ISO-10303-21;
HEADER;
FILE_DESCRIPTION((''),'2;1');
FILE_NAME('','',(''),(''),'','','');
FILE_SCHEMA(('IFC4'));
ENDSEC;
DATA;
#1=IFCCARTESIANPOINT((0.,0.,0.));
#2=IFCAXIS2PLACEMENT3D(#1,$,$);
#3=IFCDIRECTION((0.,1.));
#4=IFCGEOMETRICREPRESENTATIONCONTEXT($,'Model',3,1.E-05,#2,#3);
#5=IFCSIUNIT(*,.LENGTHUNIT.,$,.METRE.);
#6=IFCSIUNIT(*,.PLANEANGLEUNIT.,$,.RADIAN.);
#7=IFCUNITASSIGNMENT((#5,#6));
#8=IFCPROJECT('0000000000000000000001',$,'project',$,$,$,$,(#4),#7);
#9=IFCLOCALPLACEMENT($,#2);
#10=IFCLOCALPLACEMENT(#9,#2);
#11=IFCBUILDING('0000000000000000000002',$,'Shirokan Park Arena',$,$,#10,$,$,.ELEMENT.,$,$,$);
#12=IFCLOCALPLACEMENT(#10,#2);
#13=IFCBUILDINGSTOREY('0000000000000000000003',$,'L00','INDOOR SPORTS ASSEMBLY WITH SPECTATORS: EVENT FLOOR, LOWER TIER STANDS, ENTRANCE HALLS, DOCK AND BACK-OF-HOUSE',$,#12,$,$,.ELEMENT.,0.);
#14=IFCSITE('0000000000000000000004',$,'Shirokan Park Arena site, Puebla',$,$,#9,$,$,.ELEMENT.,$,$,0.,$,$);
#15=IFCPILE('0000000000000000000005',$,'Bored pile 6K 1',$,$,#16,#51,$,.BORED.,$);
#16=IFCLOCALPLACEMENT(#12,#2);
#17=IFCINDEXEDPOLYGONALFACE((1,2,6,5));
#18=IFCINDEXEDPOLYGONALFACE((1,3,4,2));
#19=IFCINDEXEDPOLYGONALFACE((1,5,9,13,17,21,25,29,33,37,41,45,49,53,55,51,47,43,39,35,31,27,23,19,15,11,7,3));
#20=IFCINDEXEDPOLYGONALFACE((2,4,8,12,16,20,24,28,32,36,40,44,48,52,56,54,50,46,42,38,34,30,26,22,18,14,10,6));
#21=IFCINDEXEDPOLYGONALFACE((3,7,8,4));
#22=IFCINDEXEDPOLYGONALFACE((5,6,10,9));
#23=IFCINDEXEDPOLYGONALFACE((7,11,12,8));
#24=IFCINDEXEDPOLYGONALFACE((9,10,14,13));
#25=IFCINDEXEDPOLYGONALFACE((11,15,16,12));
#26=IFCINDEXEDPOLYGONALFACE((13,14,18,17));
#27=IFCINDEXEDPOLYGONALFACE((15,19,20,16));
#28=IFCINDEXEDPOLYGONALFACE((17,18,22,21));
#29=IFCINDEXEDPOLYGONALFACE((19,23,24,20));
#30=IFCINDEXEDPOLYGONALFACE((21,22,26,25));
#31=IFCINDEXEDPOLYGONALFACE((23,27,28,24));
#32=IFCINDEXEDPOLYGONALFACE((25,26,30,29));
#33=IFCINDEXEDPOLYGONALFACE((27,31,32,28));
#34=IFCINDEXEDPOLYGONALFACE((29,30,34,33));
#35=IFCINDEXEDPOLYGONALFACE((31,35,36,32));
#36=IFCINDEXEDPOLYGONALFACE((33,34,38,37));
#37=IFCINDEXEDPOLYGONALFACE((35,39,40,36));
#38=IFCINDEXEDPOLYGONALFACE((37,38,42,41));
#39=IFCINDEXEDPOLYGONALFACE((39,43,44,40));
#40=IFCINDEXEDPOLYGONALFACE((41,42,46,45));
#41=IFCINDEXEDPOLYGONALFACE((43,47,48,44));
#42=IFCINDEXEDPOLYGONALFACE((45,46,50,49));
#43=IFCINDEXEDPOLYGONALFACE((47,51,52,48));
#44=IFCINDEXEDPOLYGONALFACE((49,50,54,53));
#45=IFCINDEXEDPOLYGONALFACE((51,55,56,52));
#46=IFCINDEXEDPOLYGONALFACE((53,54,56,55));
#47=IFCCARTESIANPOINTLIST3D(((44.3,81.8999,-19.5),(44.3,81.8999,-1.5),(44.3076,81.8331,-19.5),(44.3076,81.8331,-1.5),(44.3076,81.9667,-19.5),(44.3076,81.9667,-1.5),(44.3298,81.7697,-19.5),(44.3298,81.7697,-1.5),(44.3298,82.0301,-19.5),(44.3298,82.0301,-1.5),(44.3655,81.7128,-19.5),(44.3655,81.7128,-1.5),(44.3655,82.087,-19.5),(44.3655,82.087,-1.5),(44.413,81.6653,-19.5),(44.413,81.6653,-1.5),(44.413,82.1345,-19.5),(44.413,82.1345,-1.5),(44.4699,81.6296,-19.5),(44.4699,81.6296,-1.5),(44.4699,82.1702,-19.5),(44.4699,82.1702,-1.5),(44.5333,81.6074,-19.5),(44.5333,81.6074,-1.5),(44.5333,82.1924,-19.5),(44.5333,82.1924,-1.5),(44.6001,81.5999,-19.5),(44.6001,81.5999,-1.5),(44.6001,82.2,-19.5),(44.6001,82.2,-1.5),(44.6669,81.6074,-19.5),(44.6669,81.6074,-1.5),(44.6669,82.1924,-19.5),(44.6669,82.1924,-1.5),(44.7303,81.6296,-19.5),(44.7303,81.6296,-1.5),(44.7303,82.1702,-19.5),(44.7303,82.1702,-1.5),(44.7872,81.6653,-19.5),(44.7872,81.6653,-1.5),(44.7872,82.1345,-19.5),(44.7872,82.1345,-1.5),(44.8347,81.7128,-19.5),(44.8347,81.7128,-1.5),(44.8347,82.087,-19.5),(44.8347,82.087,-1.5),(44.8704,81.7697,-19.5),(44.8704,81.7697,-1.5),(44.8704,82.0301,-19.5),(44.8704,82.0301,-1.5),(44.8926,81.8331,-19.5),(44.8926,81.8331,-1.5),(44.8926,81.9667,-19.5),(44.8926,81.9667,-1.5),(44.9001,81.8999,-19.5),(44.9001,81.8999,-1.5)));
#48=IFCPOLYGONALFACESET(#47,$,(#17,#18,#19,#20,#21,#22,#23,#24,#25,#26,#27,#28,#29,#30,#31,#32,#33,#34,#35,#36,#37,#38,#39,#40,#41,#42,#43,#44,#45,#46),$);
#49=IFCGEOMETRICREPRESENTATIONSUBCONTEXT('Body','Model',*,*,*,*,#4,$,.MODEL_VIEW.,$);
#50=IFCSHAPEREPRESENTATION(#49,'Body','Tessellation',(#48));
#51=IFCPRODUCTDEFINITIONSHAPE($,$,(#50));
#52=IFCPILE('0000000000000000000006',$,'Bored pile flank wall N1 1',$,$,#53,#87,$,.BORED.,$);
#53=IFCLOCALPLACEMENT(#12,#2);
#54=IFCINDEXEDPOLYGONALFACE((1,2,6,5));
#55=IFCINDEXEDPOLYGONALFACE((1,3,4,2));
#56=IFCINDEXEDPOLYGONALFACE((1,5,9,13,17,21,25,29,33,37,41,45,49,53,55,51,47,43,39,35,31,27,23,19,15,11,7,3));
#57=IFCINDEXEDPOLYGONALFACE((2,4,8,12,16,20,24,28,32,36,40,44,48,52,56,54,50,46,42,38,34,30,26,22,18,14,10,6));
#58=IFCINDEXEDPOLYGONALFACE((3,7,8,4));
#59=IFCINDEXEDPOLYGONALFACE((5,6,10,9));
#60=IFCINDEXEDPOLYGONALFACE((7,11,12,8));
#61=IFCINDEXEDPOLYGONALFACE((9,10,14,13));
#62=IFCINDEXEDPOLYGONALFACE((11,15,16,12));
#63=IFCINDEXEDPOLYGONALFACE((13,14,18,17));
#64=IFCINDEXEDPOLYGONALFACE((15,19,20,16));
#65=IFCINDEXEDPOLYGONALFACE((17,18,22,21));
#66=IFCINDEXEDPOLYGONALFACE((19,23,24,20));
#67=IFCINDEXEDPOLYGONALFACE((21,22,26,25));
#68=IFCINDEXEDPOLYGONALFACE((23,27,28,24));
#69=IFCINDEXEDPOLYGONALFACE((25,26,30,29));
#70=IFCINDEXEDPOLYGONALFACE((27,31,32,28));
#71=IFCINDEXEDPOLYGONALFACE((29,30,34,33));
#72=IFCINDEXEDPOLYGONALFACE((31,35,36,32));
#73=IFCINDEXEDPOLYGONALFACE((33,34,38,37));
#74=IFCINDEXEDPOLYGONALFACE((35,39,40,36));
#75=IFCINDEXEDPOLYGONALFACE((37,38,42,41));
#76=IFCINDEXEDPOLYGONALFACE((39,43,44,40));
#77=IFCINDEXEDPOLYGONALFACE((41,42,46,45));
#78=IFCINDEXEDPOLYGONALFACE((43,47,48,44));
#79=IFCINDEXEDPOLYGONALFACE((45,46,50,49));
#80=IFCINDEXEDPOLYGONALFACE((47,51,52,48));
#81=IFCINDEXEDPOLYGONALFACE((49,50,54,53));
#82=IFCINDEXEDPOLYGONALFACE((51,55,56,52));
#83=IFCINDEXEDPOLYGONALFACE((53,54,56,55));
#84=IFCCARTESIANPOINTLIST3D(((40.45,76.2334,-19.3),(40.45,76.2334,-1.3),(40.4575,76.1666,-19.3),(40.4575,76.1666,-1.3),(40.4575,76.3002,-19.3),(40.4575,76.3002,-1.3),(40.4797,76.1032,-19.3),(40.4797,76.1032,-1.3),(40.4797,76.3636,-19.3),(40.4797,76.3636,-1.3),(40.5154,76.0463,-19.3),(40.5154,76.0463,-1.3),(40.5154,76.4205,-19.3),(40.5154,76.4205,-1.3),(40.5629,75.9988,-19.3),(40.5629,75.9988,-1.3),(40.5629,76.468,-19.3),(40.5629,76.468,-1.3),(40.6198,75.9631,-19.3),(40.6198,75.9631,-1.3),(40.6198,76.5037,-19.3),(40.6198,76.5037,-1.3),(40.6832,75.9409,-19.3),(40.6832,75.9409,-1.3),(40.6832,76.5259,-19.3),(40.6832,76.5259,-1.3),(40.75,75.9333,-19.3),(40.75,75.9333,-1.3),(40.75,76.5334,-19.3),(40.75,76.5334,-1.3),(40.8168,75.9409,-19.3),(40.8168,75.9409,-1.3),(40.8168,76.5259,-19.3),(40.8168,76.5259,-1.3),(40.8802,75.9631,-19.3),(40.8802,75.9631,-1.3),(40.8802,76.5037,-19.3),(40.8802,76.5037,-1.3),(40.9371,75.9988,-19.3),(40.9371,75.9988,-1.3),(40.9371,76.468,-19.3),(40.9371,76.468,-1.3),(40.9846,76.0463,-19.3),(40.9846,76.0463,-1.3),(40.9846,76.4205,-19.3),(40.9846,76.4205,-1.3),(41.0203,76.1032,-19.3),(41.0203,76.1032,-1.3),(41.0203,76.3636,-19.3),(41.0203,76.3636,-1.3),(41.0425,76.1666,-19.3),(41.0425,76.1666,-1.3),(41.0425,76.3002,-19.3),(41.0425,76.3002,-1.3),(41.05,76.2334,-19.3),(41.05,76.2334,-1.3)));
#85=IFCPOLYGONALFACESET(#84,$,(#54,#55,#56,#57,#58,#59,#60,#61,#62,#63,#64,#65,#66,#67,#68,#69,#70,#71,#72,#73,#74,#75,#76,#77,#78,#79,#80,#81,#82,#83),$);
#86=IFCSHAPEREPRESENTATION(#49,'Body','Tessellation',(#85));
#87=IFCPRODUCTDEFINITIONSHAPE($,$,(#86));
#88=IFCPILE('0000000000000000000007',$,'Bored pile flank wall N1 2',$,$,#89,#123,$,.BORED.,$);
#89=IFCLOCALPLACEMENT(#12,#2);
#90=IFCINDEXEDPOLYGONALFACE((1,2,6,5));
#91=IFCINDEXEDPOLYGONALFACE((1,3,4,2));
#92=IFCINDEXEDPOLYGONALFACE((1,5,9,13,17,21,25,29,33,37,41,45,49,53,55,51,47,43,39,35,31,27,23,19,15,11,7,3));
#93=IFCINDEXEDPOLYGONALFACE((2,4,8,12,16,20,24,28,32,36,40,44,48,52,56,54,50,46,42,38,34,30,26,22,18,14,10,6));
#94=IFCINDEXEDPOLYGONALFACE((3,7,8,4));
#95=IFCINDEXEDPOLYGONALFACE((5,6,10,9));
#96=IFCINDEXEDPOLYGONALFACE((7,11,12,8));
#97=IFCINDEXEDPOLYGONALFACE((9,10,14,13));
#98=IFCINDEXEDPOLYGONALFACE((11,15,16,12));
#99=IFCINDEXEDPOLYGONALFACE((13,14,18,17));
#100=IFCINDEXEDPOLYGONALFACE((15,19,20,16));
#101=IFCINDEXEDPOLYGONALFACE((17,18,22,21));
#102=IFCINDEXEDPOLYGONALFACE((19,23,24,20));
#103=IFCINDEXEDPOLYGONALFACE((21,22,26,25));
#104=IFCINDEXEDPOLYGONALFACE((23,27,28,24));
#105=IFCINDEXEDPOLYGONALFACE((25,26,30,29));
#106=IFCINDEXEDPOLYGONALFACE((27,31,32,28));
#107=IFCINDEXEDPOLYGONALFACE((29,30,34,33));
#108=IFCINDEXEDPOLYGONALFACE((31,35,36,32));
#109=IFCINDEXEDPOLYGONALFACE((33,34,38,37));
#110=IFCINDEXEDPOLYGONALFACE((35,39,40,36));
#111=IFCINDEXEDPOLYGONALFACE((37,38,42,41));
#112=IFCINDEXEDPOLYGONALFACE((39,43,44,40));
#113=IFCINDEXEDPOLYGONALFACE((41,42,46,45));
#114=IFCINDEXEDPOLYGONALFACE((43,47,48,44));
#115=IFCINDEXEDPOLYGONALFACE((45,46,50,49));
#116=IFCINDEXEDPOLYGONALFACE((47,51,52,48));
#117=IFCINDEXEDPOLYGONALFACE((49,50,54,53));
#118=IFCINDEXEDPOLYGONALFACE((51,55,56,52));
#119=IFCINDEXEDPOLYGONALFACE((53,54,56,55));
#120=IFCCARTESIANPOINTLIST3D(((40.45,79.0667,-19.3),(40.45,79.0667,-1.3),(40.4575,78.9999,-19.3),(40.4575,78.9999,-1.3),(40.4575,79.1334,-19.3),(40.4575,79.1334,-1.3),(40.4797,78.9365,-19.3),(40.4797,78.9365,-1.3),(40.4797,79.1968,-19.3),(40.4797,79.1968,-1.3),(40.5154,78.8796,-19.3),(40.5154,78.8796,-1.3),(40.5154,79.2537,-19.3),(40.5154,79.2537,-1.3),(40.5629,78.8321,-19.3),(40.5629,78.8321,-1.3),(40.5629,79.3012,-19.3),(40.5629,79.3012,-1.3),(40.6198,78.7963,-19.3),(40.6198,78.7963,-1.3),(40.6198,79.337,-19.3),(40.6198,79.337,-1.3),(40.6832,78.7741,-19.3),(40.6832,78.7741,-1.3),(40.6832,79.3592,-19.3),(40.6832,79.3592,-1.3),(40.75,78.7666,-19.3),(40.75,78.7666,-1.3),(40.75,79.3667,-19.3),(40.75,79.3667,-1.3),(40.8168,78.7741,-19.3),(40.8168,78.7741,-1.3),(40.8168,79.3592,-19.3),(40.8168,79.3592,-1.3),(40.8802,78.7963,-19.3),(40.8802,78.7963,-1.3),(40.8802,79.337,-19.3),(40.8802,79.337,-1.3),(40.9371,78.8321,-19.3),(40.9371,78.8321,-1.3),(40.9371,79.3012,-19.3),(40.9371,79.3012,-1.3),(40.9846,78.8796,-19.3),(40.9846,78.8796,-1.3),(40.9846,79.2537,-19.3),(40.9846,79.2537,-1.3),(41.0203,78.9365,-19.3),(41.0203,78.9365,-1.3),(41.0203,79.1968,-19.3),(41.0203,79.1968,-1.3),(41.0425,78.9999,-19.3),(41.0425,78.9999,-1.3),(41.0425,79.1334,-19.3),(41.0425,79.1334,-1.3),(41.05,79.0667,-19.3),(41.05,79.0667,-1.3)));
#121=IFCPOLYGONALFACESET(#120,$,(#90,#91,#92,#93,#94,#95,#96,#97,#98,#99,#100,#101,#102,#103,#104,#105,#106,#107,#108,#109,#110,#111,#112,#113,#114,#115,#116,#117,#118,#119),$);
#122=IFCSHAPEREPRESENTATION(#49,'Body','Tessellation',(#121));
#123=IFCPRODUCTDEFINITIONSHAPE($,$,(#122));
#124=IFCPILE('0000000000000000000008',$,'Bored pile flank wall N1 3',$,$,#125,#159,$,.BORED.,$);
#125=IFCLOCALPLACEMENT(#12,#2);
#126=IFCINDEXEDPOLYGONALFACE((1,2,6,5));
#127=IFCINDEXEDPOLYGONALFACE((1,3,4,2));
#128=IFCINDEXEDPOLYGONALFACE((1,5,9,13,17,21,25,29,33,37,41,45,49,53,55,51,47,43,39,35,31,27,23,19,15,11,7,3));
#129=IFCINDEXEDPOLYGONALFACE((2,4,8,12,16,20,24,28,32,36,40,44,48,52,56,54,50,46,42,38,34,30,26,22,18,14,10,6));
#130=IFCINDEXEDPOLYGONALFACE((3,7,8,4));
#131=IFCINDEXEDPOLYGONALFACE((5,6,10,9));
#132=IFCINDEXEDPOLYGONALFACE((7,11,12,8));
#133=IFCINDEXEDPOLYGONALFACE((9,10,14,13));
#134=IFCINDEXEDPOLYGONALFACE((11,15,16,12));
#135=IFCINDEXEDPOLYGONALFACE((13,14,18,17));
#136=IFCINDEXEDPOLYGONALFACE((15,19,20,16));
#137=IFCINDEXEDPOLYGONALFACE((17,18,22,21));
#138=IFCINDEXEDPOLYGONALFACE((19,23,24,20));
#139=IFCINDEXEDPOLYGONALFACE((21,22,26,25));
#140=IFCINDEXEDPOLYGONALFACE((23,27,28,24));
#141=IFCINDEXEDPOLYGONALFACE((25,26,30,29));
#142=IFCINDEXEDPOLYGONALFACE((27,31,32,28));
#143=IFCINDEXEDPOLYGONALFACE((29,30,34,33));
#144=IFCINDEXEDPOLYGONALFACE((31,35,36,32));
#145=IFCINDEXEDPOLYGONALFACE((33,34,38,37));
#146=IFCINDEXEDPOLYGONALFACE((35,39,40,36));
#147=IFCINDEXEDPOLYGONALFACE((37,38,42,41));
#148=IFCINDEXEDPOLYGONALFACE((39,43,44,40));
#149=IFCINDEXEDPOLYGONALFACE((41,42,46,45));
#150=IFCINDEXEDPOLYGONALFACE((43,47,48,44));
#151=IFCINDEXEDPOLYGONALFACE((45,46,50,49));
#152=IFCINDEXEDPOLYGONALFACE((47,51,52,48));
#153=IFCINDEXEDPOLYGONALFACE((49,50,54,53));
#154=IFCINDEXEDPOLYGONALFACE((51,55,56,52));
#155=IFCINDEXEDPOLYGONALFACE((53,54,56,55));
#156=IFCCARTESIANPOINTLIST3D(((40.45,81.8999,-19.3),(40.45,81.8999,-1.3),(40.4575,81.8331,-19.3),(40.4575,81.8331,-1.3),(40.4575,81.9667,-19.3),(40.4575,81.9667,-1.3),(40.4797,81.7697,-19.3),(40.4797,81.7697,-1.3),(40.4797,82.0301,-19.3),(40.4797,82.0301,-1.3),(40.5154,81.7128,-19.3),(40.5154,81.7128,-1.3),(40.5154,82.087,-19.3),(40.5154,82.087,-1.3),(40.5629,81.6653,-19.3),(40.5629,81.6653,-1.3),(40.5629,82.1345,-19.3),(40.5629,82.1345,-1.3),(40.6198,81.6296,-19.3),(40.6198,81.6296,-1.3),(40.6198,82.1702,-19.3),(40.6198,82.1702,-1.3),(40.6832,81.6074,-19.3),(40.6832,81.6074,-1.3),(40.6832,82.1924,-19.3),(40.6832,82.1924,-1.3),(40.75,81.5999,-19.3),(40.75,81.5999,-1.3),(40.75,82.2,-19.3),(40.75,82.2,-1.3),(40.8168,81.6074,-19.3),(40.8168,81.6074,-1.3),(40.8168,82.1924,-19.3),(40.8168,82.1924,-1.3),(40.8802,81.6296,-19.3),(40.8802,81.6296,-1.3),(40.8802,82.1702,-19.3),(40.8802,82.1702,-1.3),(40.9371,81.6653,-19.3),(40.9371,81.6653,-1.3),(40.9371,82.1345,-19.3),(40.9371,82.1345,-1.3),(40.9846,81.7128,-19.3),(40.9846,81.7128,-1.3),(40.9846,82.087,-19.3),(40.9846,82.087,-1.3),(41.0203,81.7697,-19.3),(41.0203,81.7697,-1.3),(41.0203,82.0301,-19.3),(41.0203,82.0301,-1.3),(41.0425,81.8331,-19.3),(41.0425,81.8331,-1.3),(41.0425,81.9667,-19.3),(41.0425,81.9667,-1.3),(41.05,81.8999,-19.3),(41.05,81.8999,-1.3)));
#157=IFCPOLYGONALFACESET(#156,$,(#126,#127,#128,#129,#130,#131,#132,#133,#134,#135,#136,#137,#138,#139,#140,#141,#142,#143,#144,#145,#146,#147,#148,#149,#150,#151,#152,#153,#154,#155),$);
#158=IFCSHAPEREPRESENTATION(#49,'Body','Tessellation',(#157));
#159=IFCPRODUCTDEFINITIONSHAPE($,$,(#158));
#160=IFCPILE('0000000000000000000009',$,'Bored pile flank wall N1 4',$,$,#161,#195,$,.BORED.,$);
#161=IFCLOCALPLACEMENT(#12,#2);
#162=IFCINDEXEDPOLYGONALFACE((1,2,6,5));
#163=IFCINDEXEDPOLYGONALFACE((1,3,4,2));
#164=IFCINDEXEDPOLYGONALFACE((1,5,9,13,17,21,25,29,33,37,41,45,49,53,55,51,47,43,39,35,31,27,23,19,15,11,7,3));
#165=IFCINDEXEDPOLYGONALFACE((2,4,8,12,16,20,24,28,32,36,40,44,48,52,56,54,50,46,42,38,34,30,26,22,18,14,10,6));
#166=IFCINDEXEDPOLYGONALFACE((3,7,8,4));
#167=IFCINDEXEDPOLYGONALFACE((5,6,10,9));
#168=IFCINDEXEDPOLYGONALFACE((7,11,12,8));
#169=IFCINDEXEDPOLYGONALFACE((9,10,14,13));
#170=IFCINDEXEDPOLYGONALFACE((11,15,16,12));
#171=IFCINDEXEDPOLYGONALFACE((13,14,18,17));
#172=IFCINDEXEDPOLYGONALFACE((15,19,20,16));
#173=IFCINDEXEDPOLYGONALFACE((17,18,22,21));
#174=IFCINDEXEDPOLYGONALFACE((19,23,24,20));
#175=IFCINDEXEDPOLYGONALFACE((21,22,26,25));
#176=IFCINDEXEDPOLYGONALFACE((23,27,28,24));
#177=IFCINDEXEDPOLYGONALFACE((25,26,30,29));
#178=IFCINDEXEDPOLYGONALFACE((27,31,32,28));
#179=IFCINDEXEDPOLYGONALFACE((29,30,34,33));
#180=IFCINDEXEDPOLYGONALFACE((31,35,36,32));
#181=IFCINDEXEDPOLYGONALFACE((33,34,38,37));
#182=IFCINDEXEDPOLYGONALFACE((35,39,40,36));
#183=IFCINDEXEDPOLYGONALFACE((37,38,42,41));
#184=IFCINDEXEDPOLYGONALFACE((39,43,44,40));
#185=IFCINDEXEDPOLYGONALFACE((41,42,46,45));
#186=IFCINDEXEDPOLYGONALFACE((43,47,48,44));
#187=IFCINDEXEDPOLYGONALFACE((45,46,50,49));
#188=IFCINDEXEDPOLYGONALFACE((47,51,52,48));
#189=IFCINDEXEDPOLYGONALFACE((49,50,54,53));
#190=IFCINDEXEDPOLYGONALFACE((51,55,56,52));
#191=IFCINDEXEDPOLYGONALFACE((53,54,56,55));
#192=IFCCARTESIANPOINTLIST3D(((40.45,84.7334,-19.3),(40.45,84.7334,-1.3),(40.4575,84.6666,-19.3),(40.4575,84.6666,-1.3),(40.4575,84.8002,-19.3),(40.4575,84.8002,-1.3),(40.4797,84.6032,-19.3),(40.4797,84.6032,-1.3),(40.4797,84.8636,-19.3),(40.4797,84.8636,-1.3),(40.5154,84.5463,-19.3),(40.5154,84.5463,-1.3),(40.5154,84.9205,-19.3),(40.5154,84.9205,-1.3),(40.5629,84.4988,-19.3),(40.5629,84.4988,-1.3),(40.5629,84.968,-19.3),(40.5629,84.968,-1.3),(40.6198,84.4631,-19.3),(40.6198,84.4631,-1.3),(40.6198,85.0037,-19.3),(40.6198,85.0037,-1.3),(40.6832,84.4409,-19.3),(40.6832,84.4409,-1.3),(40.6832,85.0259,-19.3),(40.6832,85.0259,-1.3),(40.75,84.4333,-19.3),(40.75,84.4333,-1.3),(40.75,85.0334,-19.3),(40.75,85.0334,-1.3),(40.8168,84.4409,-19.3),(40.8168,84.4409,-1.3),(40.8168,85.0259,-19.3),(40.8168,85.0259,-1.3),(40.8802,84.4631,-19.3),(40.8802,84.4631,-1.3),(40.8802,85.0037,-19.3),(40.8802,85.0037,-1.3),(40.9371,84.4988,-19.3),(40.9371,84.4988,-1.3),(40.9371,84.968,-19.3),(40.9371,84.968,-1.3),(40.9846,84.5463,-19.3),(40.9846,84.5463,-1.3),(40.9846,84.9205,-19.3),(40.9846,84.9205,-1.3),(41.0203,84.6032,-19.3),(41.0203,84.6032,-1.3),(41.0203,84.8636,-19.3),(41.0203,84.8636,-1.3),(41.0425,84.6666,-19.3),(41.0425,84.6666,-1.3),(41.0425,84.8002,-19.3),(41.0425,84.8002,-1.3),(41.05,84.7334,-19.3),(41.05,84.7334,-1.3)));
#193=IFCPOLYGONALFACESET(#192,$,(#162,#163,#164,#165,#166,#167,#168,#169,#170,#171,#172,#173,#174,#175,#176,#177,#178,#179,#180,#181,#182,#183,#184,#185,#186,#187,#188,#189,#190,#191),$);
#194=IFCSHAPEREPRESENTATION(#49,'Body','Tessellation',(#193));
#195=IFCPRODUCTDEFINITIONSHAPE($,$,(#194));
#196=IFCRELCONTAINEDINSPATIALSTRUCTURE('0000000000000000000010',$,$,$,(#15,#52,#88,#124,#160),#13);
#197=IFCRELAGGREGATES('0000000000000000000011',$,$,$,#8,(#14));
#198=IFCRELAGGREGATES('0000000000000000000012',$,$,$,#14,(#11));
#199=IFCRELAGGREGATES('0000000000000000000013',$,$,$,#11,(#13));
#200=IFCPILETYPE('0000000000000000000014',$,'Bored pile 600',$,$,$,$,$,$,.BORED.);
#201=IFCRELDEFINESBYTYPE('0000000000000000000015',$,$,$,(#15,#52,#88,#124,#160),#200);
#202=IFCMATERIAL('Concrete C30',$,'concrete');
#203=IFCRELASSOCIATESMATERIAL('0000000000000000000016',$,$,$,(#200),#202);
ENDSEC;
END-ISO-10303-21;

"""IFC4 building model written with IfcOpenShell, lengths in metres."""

from ifc_helpers import new_model, si_unit, direction, frame, origin, origin_2d, place, context, subcontext, project, spatial, circle, extrude, material, material_profile, profile_set, type_object, element, save


model = new_model("IFC4")

# Units and contexts
model_context = context("Model", 3, precision=1e-05, world=origin(), true_north=direction((0.0, 1.0)))
body_context = subcontext(model_context, "Body", "Model", "MODEL_VIEW")
ifc_project = project(units=[si_unit("LENGTHUNIT", "METRE"), si_unit("PLANEANGLEUNIT", "RADIAN")], contexts=[model_context])

# Site, building, storey
site_placement = place(None, origin())
site = spatial("IfcSite", under=ifc_project, at=site_placement, Name="Shirokan Park Arena site, Puebla", CompositionType="ELEMENT", RefElevation=0.0)
building_placement = place(site_placement, origin())
building = spatial("IfcBuilding", under=site, at=building_placement, Name="Shirokan Park Arena", CompositionType="ELEMENT")
storey_placement = place(building_placement, origin())
storey = spatial("IfcBuildingStorey", under=building, at=storey_placement, Name="L00", Description="INDOOR SPORTS ASSEMBLY WITH SPECTATORS: EVENT FLOOR, LOWER TIER STANDS, ENTRANCE HALLS, DOCK AND BACK-OF-HOUSE", CompositionType="ELEMENT", Elevation=0.0)

# Piles
ifc_material_1 = material(Name="Concrete C30", Category="concrete")
ifc_material_profile_1 = material_profile(ifc_material_1, circle(Radius=0.3, at=origin_2d()), Name="D600")
ifc_profile_set_1 = profile_set([ifc_material_profile_1], Name="Concrete C30")
pile_type_1 = type_object("IfcPileType", Name="Bored pile 600", PredefinedType="BORED", material=ifc_profile_set_1)
for number, where, z_axis, x_axis, name in (
    (1, (44.6001, 81.8999, -1.5), (0.0, 0.0, -1.0), (1.0, 0.0, 0.0), "Bored pile 6K 1"),
    (2, (40.75, 76.2334, -1.3), (0.0, 0.0, -1.0), (1.0, 0.0, 0.0), "Bored pile flank wall N1 1"),
    (3, (40.75, 79.0667, -1.3), (0.0, 0.0, -1.0), (1.0, 0.0, 0.0), "Bored pile flank wall N1 2"),
    (4, (40.75, 81.8999, -1.3), (0.0, 0.0, -1.0), (1.0, 0.0, 0.0), "Bored pile flank wall N1 3"),
    (5, (40.75, 84.7334, -1.3), (0.0, 0.0, -1.0), (1.0, 0.0, 0.0), "Bored pile flank wall N1 4"),
):
    element("IfcPile", number, at=place(storey_placement, frame(where, z_axis=z_axis, x_axis=x_axis)), inside=storey, type_object=pile_type_1, Name=name, PredefinedType="BORED", context=body_context, shape_type="SweptSolid", body=[
        extrude(circle(Radius=0.3, at=origin_2d()), origin(), (0.0, 0.0, 1.0), 18.0),
    ])

save(model, "model.ifc")
